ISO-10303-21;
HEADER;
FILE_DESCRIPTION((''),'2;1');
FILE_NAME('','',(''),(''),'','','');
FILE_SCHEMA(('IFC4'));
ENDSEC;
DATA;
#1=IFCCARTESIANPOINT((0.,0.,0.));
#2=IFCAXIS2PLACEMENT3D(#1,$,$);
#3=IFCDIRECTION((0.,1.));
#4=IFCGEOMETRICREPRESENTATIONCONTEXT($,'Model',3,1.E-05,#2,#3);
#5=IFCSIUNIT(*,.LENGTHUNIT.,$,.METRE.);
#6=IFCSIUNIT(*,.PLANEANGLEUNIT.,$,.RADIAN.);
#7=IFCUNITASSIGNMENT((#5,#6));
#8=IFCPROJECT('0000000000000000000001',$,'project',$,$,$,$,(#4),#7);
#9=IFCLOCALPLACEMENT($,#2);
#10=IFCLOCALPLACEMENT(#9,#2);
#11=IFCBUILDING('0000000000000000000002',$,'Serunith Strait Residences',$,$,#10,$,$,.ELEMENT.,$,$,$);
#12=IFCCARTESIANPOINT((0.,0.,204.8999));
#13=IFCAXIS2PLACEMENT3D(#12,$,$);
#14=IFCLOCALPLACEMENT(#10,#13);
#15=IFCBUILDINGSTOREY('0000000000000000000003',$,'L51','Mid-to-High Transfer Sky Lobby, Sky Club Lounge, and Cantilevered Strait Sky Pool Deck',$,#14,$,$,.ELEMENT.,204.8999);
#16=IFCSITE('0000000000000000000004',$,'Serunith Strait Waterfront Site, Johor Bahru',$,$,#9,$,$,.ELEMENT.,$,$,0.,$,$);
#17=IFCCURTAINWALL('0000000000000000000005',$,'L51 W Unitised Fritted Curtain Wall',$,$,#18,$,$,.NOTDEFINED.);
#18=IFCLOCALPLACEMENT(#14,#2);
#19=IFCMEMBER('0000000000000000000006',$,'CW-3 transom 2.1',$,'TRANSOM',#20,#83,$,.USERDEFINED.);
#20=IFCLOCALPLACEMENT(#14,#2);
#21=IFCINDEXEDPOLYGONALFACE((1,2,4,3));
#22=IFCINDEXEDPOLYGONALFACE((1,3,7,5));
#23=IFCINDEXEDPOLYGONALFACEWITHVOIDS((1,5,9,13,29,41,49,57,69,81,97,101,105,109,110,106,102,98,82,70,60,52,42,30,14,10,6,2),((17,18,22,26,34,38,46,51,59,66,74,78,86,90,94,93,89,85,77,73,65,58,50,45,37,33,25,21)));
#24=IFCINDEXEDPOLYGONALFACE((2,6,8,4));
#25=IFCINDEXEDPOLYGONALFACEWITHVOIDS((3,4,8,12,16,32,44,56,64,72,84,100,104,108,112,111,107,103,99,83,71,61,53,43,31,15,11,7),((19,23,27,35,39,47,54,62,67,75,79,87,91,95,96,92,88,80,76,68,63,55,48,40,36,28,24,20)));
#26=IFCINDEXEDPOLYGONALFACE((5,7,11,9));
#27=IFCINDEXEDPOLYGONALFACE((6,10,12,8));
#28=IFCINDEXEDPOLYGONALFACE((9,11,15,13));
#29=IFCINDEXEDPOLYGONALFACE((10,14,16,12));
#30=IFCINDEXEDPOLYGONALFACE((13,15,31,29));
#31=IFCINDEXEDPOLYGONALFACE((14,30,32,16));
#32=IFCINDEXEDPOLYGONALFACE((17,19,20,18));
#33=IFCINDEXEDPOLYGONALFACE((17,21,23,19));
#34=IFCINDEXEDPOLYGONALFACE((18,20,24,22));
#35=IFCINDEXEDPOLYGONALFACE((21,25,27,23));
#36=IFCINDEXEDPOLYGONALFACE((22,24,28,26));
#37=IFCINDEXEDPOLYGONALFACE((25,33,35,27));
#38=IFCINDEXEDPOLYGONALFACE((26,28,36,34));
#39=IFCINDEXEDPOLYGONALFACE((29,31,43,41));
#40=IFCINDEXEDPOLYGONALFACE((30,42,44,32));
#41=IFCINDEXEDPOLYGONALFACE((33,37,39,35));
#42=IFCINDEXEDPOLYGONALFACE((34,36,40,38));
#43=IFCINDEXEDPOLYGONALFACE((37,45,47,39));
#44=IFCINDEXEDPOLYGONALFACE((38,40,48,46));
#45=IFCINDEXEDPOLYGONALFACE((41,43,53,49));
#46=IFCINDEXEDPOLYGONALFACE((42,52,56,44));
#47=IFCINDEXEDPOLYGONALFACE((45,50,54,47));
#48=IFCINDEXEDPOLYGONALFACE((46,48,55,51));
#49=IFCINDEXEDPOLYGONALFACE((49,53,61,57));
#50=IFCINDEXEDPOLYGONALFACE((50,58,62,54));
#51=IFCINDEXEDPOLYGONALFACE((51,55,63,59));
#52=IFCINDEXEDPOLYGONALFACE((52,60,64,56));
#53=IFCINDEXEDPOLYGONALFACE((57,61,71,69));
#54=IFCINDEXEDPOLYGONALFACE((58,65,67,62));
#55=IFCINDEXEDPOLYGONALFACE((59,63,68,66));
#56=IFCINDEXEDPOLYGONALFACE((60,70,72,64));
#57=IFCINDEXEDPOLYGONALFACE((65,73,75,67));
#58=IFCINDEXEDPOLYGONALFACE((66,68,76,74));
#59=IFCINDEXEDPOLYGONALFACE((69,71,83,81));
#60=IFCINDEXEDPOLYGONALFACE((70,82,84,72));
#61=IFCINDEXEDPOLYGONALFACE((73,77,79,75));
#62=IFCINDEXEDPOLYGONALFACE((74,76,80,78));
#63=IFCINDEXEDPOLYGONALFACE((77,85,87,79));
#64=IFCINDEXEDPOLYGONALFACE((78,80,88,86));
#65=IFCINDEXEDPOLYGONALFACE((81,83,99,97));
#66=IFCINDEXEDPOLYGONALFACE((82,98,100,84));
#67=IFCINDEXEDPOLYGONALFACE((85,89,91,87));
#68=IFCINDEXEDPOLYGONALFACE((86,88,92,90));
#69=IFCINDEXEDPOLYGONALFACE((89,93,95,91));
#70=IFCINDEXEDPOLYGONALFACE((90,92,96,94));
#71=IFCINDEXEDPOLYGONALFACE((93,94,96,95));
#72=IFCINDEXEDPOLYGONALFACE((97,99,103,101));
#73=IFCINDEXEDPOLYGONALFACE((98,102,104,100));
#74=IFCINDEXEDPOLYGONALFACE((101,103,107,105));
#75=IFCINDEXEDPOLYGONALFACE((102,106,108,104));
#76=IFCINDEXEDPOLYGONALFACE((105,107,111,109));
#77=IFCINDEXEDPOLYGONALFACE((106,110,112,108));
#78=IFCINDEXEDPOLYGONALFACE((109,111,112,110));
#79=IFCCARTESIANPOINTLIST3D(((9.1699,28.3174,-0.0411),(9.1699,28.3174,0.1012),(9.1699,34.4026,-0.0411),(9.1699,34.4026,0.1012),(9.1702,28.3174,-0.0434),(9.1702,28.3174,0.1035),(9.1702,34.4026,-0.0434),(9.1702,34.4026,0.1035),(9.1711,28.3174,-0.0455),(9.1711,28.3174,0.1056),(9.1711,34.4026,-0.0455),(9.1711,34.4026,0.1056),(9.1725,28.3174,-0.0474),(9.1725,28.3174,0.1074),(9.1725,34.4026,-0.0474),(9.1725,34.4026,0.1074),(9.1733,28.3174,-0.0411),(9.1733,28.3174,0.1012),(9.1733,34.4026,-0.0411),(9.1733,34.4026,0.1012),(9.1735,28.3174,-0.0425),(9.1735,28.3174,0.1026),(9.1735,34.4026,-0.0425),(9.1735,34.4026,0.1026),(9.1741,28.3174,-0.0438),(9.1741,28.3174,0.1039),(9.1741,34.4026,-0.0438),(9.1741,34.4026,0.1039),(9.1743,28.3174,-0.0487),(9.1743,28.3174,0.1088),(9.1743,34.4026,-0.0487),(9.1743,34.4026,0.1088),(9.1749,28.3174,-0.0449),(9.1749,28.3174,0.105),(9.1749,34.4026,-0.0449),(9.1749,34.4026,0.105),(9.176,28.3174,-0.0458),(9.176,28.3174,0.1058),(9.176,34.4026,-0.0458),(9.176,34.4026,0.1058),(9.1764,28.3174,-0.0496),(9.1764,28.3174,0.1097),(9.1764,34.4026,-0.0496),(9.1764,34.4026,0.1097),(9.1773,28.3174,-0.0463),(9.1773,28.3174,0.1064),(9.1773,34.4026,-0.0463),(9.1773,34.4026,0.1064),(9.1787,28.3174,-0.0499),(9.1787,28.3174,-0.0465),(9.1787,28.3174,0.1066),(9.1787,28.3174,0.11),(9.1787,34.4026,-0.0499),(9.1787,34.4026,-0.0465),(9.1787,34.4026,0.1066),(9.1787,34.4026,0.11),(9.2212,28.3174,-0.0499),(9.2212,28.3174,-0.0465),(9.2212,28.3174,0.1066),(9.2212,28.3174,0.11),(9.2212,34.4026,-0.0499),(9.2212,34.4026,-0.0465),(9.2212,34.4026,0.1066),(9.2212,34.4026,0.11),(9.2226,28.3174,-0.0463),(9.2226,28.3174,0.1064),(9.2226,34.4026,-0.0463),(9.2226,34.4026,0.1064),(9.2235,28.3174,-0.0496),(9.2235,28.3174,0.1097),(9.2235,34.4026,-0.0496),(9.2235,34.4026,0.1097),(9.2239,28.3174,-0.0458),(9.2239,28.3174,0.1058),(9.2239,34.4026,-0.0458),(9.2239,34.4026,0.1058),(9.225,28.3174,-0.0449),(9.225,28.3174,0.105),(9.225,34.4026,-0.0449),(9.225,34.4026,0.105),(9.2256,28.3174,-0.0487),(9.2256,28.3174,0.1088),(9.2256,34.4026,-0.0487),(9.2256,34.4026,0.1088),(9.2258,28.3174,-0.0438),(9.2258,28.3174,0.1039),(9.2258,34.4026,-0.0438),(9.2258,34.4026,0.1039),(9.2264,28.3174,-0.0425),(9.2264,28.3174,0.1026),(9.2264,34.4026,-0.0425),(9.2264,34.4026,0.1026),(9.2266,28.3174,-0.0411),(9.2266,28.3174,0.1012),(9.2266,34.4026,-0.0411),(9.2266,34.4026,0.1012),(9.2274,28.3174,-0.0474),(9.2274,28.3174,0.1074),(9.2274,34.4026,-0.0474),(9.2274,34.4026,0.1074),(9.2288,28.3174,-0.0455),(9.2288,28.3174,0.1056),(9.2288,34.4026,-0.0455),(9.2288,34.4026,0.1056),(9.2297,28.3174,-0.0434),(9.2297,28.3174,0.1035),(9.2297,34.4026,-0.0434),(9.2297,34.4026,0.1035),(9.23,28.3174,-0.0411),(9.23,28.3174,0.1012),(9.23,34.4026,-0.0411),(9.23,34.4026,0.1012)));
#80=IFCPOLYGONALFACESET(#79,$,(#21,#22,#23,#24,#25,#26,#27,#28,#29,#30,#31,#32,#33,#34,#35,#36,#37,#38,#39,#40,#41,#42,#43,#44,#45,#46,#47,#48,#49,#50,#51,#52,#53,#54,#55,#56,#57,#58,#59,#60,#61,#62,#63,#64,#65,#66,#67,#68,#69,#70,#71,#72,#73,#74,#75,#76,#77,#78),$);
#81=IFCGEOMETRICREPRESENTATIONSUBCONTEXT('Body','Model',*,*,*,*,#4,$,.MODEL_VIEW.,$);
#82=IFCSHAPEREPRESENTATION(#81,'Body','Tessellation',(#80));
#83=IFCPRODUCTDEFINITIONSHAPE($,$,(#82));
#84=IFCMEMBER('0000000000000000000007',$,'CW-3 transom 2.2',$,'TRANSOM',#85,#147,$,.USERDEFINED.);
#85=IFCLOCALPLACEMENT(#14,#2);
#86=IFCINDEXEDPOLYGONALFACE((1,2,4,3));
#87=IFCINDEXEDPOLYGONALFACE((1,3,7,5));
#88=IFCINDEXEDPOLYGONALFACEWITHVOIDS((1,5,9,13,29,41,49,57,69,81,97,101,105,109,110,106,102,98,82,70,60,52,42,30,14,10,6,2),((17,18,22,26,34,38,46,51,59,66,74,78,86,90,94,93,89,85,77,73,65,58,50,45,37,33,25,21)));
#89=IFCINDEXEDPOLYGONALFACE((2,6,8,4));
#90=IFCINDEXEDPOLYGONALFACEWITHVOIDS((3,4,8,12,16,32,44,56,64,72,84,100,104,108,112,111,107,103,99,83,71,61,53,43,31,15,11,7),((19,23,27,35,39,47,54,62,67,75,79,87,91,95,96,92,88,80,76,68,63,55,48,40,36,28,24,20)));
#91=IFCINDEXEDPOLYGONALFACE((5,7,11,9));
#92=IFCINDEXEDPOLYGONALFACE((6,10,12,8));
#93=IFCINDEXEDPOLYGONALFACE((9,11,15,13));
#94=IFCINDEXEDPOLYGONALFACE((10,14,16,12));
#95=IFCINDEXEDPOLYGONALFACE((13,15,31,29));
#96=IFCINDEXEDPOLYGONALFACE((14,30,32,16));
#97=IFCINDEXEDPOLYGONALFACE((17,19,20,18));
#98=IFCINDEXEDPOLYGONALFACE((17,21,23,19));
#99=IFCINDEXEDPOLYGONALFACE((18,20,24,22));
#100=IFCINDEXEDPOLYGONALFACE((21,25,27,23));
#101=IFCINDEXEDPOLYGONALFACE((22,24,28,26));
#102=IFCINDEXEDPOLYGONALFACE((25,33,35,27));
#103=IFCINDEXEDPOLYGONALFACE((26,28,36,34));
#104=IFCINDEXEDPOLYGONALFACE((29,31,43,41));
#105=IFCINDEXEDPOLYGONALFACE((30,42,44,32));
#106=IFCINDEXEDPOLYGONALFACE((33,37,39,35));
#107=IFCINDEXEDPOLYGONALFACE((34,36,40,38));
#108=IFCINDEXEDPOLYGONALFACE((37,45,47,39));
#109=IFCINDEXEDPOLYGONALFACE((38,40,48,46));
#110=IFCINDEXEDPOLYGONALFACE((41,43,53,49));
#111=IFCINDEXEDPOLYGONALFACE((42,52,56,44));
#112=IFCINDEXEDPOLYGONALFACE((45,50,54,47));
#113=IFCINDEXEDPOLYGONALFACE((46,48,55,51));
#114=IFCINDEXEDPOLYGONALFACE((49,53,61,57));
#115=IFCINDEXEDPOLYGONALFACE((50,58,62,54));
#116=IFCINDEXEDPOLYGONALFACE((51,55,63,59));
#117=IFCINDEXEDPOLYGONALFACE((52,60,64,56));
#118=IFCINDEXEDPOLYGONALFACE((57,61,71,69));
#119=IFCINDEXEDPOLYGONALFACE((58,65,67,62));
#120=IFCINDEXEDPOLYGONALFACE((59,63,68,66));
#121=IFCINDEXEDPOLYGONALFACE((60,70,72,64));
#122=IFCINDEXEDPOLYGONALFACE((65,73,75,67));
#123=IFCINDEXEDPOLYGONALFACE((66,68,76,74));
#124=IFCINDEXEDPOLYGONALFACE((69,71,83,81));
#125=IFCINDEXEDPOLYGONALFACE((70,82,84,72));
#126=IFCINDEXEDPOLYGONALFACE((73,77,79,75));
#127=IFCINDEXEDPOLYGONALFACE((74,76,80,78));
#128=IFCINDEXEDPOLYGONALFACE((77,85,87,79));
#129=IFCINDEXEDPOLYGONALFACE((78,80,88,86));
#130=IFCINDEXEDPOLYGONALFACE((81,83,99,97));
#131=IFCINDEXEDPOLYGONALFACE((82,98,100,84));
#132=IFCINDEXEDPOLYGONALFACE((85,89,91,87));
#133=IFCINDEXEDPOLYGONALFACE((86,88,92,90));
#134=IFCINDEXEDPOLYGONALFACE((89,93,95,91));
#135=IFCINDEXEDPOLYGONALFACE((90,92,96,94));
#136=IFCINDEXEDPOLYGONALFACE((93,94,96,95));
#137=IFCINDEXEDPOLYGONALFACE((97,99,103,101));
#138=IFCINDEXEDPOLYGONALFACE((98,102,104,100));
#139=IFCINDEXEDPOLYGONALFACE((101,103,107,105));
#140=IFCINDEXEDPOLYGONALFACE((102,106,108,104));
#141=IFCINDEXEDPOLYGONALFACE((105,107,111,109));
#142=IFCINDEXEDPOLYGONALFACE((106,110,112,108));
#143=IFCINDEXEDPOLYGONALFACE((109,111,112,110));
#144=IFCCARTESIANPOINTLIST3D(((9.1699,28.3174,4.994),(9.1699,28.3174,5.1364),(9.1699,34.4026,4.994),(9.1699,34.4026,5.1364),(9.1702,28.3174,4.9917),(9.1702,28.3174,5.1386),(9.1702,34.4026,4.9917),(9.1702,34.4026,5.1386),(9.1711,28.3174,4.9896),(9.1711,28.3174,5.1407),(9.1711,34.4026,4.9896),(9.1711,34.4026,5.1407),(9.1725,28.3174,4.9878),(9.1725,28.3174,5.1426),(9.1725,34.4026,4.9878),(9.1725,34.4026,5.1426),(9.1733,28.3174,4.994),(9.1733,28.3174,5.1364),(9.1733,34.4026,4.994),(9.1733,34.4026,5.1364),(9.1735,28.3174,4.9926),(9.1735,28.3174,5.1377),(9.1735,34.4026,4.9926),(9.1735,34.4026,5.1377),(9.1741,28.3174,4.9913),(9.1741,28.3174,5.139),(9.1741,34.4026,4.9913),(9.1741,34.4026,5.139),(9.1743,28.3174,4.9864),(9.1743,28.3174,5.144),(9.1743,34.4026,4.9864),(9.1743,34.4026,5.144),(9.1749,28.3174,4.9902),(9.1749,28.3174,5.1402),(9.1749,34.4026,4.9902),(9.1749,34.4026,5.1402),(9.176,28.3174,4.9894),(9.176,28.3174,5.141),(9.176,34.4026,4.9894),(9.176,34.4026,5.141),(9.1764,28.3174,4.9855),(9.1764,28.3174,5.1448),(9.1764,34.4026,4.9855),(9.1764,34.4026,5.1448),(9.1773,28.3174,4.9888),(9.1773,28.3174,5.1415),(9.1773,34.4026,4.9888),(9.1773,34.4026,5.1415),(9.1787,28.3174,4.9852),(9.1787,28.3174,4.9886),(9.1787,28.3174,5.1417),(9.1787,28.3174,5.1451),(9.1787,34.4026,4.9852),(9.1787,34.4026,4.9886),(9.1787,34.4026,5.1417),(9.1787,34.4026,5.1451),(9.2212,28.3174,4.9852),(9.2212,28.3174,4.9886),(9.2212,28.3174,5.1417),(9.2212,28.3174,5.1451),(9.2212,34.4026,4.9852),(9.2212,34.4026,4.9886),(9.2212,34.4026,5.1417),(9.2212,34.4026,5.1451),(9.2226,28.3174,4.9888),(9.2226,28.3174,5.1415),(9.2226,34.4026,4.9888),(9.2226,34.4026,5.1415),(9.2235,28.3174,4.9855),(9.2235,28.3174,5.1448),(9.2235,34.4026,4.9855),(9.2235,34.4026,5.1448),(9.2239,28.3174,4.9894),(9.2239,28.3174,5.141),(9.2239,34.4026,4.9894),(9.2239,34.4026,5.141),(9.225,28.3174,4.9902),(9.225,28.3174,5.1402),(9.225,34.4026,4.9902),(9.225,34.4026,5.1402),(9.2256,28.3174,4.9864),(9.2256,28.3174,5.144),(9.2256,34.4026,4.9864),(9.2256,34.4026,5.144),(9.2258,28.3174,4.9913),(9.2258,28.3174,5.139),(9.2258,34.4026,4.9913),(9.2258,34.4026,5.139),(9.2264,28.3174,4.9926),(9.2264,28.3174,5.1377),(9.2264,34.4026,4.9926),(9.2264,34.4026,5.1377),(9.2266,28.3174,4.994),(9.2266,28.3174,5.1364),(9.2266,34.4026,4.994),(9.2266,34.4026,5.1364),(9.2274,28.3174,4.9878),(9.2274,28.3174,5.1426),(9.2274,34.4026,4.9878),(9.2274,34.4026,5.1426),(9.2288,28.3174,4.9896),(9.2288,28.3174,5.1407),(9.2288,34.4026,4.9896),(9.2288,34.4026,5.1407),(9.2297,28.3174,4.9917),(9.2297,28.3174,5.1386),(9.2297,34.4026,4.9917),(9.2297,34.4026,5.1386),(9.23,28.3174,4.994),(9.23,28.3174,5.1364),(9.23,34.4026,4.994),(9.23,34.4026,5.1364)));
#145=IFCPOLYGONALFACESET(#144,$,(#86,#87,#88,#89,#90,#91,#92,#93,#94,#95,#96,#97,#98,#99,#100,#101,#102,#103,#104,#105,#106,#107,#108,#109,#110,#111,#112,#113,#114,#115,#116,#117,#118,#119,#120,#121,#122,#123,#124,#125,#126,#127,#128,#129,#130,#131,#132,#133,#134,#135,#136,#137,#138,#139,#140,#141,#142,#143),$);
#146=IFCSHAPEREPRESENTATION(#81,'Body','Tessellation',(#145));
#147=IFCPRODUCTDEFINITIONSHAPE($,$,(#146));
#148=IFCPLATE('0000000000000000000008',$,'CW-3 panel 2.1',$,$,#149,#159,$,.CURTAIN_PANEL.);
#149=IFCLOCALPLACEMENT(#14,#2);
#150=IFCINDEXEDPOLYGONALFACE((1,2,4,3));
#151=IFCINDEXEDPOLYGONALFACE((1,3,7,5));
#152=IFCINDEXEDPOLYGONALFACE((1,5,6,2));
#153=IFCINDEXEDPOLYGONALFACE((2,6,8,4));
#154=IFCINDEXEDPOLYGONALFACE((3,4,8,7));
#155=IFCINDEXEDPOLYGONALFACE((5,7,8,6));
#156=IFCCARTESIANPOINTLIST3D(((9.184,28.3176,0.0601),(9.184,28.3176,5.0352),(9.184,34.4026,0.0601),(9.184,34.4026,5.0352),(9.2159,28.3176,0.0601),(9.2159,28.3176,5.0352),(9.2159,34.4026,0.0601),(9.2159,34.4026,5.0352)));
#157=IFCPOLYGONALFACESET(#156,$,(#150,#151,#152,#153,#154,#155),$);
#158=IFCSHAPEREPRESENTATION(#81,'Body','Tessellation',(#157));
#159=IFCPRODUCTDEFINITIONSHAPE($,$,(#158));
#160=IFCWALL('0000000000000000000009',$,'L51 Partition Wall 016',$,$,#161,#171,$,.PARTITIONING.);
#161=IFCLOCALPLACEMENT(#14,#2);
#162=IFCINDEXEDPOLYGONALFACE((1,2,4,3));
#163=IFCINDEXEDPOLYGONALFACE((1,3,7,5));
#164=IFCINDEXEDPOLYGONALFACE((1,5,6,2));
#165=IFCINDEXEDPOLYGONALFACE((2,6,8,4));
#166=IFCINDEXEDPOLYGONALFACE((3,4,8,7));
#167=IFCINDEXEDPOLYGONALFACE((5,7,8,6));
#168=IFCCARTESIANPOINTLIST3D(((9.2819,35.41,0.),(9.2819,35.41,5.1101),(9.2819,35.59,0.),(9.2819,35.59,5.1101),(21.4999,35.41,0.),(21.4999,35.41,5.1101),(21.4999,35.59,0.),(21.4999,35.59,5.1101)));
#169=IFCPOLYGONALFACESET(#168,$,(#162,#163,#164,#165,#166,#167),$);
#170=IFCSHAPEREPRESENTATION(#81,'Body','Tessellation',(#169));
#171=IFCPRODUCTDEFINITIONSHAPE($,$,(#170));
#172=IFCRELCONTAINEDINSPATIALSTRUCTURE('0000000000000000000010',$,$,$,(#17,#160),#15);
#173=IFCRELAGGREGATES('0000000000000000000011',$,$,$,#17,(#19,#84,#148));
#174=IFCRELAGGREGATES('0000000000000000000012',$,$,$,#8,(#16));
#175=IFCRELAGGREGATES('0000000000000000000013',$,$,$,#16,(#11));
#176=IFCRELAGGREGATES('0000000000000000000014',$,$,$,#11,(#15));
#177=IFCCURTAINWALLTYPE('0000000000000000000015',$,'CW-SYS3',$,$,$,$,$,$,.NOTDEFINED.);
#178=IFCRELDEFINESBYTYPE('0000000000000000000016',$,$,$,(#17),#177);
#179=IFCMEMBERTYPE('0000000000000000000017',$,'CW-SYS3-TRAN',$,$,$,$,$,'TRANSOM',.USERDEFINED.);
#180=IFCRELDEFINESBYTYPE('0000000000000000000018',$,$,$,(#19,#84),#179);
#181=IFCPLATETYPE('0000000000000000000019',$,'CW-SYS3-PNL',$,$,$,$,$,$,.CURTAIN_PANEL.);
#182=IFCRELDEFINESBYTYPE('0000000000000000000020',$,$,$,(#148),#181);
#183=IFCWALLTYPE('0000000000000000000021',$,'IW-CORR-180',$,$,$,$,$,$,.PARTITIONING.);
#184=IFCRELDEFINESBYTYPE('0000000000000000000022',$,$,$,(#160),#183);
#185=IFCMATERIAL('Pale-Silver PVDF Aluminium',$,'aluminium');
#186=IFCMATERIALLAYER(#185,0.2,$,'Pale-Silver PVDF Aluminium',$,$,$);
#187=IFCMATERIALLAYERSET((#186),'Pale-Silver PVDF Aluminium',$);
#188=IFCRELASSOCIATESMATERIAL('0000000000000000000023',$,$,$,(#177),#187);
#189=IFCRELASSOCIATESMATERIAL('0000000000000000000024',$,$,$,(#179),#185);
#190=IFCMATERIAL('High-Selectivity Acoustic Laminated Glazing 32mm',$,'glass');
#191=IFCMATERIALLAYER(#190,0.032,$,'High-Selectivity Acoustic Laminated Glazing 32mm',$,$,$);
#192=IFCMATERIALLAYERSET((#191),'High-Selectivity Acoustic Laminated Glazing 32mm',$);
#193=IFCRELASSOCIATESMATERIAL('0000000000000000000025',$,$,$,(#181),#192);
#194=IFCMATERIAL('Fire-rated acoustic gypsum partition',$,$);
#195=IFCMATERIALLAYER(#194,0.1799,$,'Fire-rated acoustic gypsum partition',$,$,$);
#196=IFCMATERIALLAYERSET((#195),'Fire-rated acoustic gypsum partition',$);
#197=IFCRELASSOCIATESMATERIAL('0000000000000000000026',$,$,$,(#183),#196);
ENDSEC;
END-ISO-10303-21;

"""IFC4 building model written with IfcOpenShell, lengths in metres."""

from ifc_helpers import new_model, si_unit, direction, frame, frame_2d, origin, origin_2d, place, context, subcontext, project, spatial, rectangle, hollow_rectangle, extrude, source, transform, mapped, material, layer, layer_set, material_profile, profile_set, type_object, element, aggregate, save


model = new_model("IFC4")

# Units and contexts
model_context = context("Model", 3, precision=1e-05, world=origin(), true_north=direction((0.0, 1.0)))
body_context = subcontext(model_context, "Body", "Model", "MODEL_VIEW")
ifc_project = project(units=[si_unit("LENGTHUNIT", "METRE"), si_unit("PLANEANGLEUNIT", "RADIAN")], contexts=[model_context])

# Site, building, storey
site_placement = place(None, origin())
site = spatial("IfcSite", under=ifc_project, at=site_placement, Name="Serunith Strait Waterfront Site, Johor Bahru", CompositionType="ELEMENT", RefElevation=0.0)
building_placement = place(site_placement, origin())
building = spatial("IfcBuilding", under=site, at=building_placement, Name="Serunith Strait Residences", CompositionType="ELEMENT")
storey_placement = place(building_placement, frame((0.0, 0.0, 204.8999)))
storey = spatial("IfcBuildingStorey", under=building, at=storey_placement, Name="L51", Description="Mid-to-High Transfer Sky Lobby, Sky Club Lounge, and Cantilevered Strait Sky Pool Deck", CompositionType="ELEMENT", Elevation=204.8999)

# Curtain wall, members, plate
ifc_material_1 = material(Name="Pale-Silver PVDF Aluminium", Category="aluminium")
ifc_layer_1 = layer(ifc_material_1, 0.2, Name="Pale-Silver PVDF Aluminium")
ifc_layer_set_1 = layer_set([ifc_layer_1], Name="Pale-Silver PVDF Aluminium")
curtain_wall_type = type_object("IfcCurtainWallType", Name="CW-SYS3", PredefinedType="NOTDEFINED", material=ifc_layer_set_1)
curtain_wall_placement = place(storey_placement, origin())
curtain_wall = element("IfcCurtainWall", 1, at=curtain_wall_placement, inside=storey, type_object=curtain_wall_type, Name="L51 W Unitised Fritted Curtain Wall", PredefinedType="NOTDEFINED")
ifc_material_profile_1 = material_profile(ifc_material_1, hollow_rectangle(XDim=0.0601, YDim=0.1599, WallThickness=0.0034, InnerFilletRadius=0.0054, OuterFilletRadius=0.0088, at=origin_2d()), Name="ALU 160x60x3.5")
ifc_profile_set_1 = profile_set([ifc_material_profile_1], Name="Pale-Silver PVDF Aluminium")
member_type_1 = type_object("IfcMemberType", Name="CW-SYS3-TRAN", ElementType="TRANSOM", PredefinedType="USERDEFINED", material=ifc_profile_set_1)
shared_shape_1 = source(origin(), body_context, "Body", "SweptSolid", [
    extrude(hollow_rectangle(XDim=0.0601, YDim=0.1599, WallThickness=0.0034, InnerFilletRadius=0.0054, OuterFilletRadius=0.0088, at=origin_2d()), origin(), (0.0, 0.0, 1.0), 6.0852),
])
member_1_placement = place(storey_placement, frame((9.2, 34.4026, 0.03), z_axis=(0.0, -1.0, 0.0), x_axis=(1.0, 0.0, 0.0)))
member_1 = element("IfcMember", 2, at=member_1_placement, type_object=member_type_1, Name="CW-3 transom 2.1", ObjectType="TRANSOM", PredefinedType="USERDEFINED", context=body_context, shape_type="MappedRepresentation", body=[
    mapped(shared_shape_1, transform((0.0, 0.0, 0.0), scale=1.0)),
])
member_2_placement = place(storey_placement, frame((9.2, 34.4026, 5.0652), z_axis=(0.0, -1.0, 0.0), x_axis=(1.0, 0.0, 0.0)))
member_2 = element("IfcMember", 3, at=member_2_placement, type_object=member_type_1, Name="CW-3 transom 2.2", ObjectType="TRANSOM", PredefinedType="USERDEFINED", context=body_context, shape_type="MappedRepresentation", body=[
    mapped(shared_shape_1, transform((0.0, 0.0, 0.0), scale=1.0)),
])
ifc_material_2 = material(Name="High-Selectivity Acoustic Laminated Glazing 32mm", Category="glass")
ifc_layer_2 = layer(ifc_material_2, 0.032, Name="High-Selectivity Acoustic Laminated Glazing 32mm")
ifc_layer_set_2 = layer_set([ifc_layer_2], Name="High-Selectivity Acoustic Laminated Glazing 32mm")
plate_type = type_object("IfcPlateType", Name="CW-SYS3-PNL", PredefinedType="CURTAIN_PANEL", material=ifc_layer_set_2)
shared_shape_2 = source(origin(), body_context, "Body", "SweptSolid", [
    extrude(rectangle(XDim=6.085, YDim=0.032, at=origin_2d()), origin(), (0.0, 0.0, 1.0), 4.9751),
])
plate_placement = place(storey_placement, frame((9.2, 31.3601, 0.0601), z_axis=(0.0, 0.0, 1.0), x_axis=(0.0, -1.0, 0.0)))
plate = element("IfcPlate", 4, at=plate_placement, type_object=plate_type, Name="CW-3 panel 2.1", PredefinedType="CURTAIN_PANEL", context=body_context, shape_type="MappedRepresentation", body=[
    mapped(shared_shape_2, transform((0.0, 0.0, 0.0), scale=1.0)),
])
aggregate(curtain_wall, [member_1, member_2, plate])

# Wall
ifc_material_3 = material(Name="Fire-rated acoustic gypsum partition")
ifc_layer_3 = layer(ifc_material_3, 0.1799, Name="Fire-rated acoustic gypsum partition")
ifc_layer_set_3 = layer_set([ifc_layer_3], Name="Fire-rated acoustic gypsum partition")
wall_type = type_object("IfcWallType", Name="IW-CORR-180", PredefinedType="PARTITIONING", material=ifc_layer_set_3)
wall_1_placement = place(storey_placement, frame((9.282, 35.5, 0.0), z_axis=(0.0, 0.0, 1.0), x_axis=(1.0, 0.0, 0.0)))
element("IfcWall", 5, at=wall_1_placement, inside=storey, type_object=wall_type, Name="L51 Partition Wall 016", PredefinedType="PARTITIONING", context=body_context, shape_type="SweptSolid", body=[
    extrude(rectangle(XDim=12.218, YDim=0.1799, at=frame_2d((6.1089, 0.0))), origin(), (0.0, 0.0, 1.0), 5.1101),
])

save(model, "model.ifc")
